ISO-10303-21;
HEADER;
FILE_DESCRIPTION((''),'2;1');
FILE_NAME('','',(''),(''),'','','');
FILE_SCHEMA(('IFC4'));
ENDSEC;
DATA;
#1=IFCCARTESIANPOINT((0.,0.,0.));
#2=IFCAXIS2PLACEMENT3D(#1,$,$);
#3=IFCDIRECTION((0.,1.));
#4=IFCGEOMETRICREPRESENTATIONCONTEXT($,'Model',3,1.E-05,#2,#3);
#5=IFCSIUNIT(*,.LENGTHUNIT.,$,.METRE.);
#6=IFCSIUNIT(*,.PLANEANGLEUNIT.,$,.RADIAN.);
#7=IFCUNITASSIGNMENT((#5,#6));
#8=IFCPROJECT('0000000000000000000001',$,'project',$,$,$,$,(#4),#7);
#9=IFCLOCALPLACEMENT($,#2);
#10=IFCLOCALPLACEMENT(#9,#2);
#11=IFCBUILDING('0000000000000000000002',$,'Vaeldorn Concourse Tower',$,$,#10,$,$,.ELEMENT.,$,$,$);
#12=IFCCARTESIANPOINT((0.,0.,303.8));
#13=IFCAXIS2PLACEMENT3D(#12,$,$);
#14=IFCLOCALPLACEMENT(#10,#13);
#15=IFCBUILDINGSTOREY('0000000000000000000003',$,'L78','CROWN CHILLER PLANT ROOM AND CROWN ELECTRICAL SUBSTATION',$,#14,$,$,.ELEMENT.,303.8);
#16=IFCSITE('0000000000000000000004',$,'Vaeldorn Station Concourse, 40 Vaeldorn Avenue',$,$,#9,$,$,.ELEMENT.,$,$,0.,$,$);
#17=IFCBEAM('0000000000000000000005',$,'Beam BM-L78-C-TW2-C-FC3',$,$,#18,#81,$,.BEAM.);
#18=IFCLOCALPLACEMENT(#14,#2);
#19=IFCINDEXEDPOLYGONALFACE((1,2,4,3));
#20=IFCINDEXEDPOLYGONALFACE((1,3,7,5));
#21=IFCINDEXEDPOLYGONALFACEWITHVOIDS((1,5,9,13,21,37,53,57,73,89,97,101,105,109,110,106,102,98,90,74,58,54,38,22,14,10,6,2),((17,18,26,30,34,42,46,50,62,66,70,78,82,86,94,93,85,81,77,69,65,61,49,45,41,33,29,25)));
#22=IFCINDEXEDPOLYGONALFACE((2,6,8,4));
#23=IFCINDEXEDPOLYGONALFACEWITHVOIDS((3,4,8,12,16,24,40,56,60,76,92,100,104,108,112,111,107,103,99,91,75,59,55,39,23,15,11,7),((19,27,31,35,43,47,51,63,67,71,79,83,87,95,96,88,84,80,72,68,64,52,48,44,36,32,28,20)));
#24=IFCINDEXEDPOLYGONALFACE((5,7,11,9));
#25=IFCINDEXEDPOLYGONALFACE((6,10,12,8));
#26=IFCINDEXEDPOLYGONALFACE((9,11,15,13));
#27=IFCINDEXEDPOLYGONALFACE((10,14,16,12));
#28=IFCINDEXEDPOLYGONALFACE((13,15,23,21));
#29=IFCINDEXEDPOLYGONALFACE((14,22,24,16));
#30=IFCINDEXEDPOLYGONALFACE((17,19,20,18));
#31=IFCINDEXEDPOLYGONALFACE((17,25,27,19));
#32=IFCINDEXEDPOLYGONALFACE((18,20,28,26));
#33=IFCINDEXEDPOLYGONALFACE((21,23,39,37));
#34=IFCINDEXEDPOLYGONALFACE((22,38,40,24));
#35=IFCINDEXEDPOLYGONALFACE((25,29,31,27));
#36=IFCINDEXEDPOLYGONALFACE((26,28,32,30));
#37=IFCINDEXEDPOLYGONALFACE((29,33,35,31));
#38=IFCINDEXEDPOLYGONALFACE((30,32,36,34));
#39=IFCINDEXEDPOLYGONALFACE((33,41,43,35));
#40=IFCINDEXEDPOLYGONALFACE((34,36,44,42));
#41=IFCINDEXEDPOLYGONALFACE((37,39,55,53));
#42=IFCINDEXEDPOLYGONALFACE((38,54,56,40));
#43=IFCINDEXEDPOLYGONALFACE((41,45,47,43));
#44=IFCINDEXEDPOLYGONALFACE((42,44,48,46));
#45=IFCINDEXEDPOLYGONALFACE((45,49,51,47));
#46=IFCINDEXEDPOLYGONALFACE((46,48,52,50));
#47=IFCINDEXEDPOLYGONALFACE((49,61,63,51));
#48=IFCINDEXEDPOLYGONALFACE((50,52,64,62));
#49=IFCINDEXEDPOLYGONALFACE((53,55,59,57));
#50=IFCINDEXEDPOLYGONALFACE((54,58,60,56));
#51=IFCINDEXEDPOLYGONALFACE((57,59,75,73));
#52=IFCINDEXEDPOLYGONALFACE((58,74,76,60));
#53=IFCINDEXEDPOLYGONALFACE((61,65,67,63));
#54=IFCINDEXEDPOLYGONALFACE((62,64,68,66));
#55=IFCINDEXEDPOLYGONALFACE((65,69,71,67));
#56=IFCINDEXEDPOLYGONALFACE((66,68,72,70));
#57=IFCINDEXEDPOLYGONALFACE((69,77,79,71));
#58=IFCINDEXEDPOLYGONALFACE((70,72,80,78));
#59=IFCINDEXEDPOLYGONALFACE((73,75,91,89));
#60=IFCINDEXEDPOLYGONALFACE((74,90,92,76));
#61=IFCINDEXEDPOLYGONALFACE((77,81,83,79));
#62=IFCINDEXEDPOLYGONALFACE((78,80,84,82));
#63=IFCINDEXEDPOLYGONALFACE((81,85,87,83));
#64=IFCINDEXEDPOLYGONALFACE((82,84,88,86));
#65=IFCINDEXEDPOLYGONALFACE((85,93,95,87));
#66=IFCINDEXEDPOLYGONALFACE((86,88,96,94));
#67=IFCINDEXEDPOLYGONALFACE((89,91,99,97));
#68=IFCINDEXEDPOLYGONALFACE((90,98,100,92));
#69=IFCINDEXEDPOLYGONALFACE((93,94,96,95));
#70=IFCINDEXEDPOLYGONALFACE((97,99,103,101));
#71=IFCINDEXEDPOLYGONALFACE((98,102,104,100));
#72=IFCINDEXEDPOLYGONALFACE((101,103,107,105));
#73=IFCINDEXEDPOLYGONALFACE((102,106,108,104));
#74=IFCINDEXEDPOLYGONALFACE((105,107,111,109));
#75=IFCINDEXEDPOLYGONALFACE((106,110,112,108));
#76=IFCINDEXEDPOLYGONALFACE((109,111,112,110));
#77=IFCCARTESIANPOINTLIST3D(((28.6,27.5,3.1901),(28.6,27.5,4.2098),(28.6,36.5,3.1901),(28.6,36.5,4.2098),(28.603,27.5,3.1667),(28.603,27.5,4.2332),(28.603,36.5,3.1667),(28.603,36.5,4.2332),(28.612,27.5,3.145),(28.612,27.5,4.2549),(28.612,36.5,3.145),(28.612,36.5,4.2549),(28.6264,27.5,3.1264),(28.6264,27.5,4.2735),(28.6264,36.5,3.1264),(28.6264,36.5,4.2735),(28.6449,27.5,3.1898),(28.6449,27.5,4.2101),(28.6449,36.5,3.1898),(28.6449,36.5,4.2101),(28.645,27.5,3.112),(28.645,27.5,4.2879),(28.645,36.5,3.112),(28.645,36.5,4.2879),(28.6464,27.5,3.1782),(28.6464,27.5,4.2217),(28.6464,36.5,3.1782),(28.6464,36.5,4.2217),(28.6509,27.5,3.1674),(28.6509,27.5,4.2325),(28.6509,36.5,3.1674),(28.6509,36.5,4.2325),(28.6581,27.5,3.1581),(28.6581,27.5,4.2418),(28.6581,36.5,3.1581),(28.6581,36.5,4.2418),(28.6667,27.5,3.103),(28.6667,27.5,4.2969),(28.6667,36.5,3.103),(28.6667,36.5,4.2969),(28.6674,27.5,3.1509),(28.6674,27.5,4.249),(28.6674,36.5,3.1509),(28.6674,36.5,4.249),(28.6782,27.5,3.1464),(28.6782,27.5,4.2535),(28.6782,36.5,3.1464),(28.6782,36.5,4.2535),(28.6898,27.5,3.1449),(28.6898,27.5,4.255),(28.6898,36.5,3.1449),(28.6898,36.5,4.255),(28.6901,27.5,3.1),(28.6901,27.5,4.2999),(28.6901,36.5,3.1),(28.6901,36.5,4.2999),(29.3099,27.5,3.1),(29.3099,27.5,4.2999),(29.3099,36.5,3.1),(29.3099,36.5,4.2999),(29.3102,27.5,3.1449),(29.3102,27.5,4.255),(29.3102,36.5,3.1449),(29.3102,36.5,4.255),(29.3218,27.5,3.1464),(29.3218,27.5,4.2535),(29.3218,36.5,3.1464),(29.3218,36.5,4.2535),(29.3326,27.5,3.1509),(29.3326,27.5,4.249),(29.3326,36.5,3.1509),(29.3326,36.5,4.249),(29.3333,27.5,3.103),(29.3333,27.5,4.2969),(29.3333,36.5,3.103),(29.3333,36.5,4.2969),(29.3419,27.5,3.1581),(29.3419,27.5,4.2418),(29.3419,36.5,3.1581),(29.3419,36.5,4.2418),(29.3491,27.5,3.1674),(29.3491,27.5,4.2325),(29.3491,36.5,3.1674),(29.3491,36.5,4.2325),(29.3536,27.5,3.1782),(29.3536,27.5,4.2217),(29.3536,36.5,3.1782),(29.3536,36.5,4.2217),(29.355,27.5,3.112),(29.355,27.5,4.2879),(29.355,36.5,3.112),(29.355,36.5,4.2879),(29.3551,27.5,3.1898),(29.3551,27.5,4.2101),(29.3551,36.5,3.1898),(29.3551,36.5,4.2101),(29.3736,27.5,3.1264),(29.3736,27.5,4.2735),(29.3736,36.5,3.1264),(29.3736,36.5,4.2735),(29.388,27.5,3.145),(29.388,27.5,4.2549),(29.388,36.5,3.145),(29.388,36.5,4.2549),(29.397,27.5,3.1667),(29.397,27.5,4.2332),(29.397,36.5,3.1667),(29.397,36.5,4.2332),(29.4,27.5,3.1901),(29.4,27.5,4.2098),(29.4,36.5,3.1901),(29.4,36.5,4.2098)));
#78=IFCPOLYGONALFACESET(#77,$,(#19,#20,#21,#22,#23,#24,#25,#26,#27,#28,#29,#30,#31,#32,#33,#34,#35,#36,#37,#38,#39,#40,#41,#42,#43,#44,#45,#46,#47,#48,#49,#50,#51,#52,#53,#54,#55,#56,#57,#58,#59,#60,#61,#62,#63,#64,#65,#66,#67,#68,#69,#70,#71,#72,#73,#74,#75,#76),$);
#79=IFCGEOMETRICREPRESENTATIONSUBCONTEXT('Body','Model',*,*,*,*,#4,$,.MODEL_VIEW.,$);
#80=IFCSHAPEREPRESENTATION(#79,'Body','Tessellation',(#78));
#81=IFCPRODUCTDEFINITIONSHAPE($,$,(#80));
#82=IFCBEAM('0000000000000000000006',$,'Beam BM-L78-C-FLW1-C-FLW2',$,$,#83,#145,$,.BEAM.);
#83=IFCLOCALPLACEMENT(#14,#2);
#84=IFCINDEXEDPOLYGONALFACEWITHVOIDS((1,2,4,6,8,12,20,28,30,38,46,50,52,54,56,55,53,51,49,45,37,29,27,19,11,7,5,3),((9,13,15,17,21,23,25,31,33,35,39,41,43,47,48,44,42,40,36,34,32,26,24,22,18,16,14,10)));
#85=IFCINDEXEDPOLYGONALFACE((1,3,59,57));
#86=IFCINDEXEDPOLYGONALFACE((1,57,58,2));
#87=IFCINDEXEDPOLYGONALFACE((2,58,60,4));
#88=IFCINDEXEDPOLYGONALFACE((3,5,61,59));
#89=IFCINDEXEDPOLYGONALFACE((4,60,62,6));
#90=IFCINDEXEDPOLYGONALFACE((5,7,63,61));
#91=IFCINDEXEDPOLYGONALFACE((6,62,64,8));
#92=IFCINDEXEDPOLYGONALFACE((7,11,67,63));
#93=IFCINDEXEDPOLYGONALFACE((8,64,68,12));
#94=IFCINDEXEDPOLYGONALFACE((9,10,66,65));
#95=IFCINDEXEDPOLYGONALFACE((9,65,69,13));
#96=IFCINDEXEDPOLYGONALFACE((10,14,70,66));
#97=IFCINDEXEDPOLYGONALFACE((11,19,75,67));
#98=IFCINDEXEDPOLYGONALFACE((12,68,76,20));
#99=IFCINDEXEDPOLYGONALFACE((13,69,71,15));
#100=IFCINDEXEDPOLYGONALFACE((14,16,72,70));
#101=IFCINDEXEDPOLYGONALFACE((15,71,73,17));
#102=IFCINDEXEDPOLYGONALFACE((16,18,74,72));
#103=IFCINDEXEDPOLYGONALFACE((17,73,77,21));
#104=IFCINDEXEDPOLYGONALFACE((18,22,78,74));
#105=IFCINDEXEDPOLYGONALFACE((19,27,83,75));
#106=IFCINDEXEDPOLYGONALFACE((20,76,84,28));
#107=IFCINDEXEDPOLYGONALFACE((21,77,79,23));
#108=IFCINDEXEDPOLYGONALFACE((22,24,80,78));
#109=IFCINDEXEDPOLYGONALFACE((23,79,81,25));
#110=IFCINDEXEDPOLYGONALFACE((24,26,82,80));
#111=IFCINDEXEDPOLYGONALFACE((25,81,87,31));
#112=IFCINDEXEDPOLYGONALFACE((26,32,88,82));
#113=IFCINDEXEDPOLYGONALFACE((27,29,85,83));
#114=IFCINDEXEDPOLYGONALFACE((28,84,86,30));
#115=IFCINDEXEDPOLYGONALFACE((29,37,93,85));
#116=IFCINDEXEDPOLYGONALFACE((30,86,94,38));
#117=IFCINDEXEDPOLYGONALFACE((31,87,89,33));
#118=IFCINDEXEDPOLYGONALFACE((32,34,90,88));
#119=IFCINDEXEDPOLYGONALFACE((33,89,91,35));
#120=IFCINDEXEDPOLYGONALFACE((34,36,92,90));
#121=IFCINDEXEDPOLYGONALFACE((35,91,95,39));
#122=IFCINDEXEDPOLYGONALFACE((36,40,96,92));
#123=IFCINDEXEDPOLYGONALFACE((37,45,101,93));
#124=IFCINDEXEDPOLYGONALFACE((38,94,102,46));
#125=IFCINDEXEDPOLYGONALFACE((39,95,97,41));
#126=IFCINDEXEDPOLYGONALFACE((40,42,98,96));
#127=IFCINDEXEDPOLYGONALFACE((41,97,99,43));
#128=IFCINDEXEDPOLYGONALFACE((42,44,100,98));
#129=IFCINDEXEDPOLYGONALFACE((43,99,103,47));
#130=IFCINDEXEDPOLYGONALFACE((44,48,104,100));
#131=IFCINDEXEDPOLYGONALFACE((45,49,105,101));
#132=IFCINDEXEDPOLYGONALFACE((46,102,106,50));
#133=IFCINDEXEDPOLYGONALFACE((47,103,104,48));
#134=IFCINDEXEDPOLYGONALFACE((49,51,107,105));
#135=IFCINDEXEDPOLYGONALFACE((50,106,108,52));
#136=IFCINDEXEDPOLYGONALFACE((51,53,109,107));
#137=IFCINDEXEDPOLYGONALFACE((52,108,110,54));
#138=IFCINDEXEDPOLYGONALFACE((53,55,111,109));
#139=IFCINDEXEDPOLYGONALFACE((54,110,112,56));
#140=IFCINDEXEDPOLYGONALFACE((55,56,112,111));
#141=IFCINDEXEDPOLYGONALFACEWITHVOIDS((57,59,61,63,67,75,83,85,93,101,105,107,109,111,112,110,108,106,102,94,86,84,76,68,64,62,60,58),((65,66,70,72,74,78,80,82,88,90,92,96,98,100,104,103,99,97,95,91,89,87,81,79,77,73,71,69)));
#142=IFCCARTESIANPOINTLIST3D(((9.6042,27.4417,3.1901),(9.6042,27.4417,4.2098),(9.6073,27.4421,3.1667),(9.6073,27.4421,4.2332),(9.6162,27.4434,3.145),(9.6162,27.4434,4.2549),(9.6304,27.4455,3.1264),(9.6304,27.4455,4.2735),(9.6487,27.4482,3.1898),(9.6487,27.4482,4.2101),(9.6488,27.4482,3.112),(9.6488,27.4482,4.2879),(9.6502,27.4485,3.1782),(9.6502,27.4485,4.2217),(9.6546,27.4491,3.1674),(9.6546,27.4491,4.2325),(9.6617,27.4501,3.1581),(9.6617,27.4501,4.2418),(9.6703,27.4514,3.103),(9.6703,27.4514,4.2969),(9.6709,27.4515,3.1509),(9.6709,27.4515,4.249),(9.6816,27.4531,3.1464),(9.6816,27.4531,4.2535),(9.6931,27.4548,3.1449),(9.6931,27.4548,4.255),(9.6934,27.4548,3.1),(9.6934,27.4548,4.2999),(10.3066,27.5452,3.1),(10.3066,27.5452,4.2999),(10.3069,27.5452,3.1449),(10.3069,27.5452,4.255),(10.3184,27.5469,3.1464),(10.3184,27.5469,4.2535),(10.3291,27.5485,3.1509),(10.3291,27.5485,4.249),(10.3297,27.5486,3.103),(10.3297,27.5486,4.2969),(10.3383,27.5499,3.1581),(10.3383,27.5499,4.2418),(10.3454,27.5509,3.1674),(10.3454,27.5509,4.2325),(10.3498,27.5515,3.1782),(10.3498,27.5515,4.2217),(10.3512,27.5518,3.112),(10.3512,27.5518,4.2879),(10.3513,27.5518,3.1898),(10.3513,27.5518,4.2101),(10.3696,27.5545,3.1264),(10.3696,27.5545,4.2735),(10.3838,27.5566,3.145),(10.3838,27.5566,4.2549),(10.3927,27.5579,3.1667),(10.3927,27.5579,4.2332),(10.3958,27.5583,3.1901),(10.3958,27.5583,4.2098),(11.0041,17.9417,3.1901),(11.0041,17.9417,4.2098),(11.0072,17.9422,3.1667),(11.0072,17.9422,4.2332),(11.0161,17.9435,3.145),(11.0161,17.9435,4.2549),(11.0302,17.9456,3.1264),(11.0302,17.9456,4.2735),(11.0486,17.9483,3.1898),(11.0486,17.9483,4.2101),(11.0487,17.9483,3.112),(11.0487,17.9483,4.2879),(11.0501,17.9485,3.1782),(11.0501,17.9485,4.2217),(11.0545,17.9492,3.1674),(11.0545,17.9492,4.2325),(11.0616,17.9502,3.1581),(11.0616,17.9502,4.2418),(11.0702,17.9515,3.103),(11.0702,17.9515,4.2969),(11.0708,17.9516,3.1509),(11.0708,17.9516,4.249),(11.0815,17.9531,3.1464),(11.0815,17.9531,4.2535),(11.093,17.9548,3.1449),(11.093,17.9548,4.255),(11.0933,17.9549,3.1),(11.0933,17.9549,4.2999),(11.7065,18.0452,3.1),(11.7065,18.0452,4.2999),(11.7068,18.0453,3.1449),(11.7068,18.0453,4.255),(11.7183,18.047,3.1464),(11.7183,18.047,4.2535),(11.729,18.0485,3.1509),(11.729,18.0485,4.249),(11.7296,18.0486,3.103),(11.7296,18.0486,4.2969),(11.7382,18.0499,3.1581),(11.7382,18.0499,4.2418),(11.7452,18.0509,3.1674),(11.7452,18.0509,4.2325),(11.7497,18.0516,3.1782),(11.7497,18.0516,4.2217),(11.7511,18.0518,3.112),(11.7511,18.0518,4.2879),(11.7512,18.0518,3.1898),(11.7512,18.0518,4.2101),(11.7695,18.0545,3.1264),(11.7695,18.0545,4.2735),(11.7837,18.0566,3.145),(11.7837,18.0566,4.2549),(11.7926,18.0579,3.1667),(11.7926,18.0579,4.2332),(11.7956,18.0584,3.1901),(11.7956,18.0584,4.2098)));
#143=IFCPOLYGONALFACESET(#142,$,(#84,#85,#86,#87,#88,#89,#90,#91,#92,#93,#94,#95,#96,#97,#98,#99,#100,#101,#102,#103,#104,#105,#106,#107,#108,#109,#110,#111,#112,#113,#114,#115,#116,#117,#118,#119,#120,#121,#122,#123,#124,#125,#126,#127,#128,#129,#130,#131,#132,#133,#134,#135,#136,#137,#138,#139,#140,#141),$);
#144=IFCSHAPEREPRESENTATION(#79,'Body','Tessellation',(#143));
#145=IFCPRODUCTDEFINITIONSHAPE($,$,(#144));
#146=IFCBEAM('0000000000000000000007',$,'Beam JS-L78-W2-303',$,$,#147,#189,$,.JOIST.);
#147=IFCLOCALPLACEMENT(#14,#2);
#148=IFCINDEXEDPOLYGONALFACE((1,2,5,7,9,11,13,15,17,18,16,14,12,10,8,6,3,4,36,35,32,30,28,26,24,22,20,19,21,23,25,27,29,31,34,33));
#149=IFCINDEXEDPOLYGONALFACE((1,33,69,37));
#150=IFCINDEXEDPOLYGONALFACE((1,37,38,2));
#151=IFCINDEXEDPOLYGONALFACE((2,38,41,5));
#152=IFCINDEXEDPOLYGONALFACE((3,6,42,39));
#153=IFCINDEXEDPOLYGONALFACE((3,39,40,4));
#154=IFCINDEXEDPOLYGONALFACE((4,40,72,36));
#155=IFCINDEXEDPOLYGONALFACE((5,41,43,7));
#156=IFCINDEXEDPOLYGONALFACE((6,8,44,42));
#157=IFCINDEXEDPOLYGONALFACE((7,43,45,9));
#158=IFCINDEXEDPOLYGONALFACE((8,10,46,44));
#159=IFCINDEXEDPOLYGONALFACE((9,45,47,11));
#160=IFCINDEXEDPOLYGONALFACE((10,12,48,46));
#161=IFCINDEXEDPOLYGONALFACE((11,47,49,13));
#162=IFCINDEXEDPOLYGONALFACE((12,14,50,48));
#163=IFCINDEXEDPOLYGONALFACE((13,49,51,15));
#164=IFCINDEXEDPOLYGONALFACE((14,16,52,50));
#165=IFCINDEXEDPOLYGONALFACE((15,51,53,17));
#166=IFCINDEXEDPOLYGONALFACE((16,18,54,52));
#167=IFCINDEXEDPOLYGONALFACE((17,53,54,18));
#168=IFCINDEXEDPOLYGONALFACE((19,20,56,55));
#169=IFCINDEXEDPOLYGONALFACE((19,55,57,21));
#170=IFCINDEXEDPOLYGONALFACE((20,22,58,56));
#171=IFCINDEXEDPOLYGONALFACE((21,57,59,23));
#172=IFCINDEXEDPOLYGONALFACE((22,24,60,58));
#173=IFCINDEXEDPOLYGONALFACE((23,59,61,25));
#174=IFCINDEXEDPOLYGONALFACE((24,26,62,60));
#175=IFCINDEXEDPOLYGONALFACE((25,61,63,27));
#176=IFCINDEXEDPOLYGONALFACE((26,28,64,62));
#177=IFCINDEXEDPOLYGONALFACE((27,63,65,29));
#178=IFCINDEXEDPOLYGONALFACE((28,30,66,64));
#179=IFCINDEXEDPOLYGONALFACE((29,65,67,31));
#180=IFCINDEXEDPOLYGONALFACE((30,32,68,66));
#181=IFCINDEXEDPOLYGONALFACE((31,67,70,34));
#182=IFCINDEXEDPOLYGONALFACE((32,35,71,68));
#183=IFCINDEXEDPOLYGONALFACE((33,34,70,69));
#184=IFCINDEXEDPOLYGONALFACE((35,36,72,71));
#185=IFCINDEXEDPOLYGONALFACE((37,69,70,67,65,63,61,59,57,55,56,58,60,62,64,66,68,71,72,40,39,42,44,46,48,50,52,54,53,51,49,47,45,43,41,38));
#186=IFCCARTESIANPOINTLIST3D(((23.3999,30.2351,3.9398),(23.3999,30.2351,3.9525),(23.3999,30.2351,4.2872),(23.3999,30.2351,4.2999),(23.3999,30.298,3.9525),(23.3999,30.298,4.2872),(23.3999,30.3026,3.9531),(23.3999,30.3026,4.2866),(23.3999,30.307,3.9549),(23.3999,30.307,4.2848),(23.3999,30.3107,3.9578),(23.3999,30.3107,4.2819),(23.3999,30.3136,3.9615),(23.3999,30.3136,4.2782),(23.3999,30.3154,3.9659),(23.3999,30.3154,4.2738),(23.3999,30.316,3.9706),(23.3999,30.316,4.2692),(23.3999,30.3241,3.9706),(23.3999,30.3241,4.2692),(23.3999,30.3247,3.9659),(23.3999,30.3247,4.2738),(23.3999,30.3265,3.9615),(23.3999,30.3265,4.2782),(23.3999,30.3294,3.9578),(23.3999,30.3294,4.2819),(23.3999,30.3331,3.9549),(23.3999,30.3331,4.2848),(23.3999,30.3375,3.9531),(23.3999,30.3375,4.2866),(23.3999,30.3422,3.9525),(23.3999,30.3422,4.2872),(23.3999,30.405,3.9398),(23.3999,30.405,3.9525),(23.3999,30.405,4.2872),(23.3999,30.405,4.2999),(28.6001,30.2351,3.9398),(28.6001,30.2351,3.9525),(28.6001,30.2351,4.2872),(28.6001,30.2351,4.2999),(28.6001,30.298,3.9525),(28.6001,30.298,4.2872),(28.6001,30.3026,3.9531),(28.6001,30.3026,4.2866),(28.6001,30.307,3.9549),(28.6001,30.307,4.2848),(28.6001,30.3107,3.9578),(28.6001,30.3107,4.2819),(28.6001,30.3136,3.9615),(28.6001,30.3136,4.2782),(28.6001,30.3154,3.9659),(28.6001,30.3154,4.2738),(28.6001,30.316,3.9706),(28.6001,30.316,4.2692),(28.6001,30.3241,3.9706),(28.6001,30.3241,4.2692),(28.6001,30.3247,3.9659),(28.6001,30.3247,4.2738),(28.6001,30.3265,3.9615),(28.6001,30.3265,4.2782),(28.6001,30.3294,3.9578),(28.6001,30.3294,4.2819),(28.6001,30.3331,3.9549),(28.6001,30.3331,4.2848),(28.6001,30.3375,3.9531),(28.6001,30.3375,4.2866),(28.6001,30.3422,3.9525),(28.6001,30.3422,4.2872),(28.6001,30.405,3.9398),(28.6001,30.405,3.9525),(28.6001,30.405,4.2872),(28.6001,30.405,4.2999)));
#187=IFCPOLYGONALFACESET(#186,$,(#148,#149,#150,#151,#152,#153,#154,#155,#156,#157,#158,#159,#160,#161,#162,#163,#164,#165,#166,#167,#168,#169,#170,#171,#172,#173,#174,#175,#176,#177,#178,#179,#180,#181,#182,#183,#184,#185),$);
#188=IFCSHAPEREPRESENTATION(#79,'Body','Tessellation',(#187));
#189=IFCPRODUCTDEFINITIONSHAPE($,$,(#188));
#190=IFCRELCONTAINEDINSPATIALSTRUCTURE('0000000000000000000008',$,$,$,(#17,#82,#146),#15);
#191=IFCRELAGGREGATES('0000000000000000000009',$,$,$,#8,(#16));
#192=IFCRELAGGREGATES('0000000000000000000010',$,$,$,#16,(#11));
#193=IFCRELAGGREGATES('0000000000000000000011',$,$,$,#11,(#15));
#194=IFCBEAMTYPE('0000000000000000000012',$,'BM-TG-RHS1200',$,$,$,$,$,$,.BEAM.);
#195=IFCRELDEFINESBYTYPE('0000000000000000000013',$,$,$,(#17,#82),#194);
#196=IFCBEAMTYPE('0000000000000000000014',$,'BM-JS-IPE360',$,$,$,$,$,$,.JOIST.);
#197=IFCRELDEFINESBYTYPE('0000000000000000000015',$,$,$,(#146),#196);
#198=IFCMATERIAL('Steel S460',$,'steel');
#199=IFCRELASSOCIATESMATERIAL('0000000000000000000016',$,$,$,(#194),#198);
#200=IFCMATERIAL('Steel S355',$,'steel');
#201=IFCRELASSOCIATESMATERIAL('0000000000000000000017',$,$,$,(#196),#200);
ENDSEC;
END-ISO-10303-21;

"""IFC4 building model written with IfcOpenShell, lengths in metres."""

from ifc_helpers import new_model, si_unit, direction, frame, origin, origin_2d, place, context, subcontext, project, spatial, hollow_rectangle, i_section, extrude, source, transform, mapped, material, material_profile, profile_set, type_object, element, save


model = new_model("IFC4")

# Units and contexts
model_context = context("Model", 3, precision=1e-05, world=origin(), true_north=direction((0.0, 1.0)))
body_context = subcontext(model_context, "Body", "Model", "MODEL_VIEW")
ifc_project = project(units=[si_unit("LENGTHUNIT", "METRE"), si_unit("PLANEANGLEUNIT", "RADIAN")], contexts=[model_context])

# Site, building, storey
site_placement = place(None, origin())
site = spatial("IfcSite", under=ifc_project, at=site_placement, Name="Vaeldorn Station Concourse, 40 Vaeldorn Avenue", CompositionType="ELEMENT", RefElevation=0.0)
building_placement = place(site_placement, origin())
building = spatial("IfcBuilding", under=site, at=building_placement, Name="Vaeldorn Concourse Tower", CompositionType="ELEMENT")
storey_placement = place(building_placement, frame((0.0, 0.0, 303.8)))
storey = spatial("IfcBuildingStorey", under=building, at=storey_placement, Name="L78", Description="CROWN CHILLER PLANT ROOM AND CROWN ELECTRICAL SUBSTATION", CompositionType="ELEMENT", Elevation=303.8)

# Shared definitions
ifc_material_1 = material(Name="Steel S355", Category="steel")

# Beams
ifc_material_2 = material(Name="Steel S460", Category="steel")
ifc_material_profile_1 = material_profile(ifc_material_2, hollow_rectangle(XDim=0.8, YDim=1.2, WallThickness=0.0449, InnerFilletRadius=0.0449, OuterFilletRadius=0.0901, at=origin_2d()), Name="RHS 1200x800x45")
ifc_profile_set_1 = profile_set([ifc_material_profile_1], Name="Steel S460")
beam_type_1 = type_object("IfcBeamType", Name="BM-TG-RHS1200", PredefinedType="BEAM", material=ifc_profile_set_1)
shared_shape_1 = source(origin(), body_context, "Body", "SweptSolid", [
    extrude(hollow_rectangle(XDim=0.8, YDim=1.2, WallThickness=0.0449, InnerFilletRadius=0.0449, OuterFilletRadius=0.0901, at=origin_2d()), origin(), (0.0, 0.0, 1.0), 9.0),
])
for number, where, z_axis, x_axis, name in (
    (1, (29.0, 27.5, 3.7), (0.0, 1.0, 0.0), (-1.0, 0.0, 0.0), "Beam BM-L78-C-TW2-C-FC3"),
):
    element("IfcBeam", number, at=place(storey_placement, frame(where, z_axis=z_axis, x_axis=x_axis)), inside=storey, type_object=beam_type_1, Name=name, PredefinedType="BEAM", context=body_context, shape_type="MappedRepresentation", body=[
        mapped(shared_shape_1, transform((0.0, 0.0, 0.0), scale=1.0)),
    ])
shared_shape_2 = source(origin(), body_context, "Body", "SweptSolid", [
    extrude(hollow_rectangle(XDim=0.8, YDim=1.2, WallThickness=0.0449, InnerFilletRadius=0.0449, OuterFilletRadius=0.0901, at=origin_2d()), origin(), (0.0, 0.0, 1.0), 9.6025),
])
beam_1_placement = place(storey_placement, frame((10.0, 27.5, 3.7), z_axis=(0.145784, -0.989316, 0.0), x_axis=(0.989316, 0.145784, 0.0)))
element("IfcBeam", 2, at=beam_1_placement, inside=storey, type_object=beam_type_1, Name="Beam BM-L78-C-FLW1-C-FLW2", PredefinedType="BEAM", context=body_context, shape_type="MappedRepresentation", body=[
    mapped(shared_shape_2, transform((0.0, 0.0, 0.0), scale=1.0)),
])
ifc_material_profile_2 = material_profile(ifc_material_1, i_section(OverallWidth=0.1699, OverallDepth=0.3601, WebThickness=0.0081, FlangeThickness=0.0127, FilletRadius=0.0181, at=origin_2d()), Name="IPE 360")
ifc_profile_set_2 = profile_set([ifc_material_profile_2], Name="Steel S355")
beam_type_2 = type_object("IfcBeamType", Name="BM-JS-IPE360", PredefinedType="JOIST", material=ifc_profile_set_2)
shared_shape_3 = source(origin(), body_context, "Body", "SweptSolid", [
    extrude(i_section(OverallWidth=0.1699, OverallDepth=0.3601, WebThickness=0.0081, FlangeThickness=0.0127, FilletRadius=0.0181, at=origin_2d()), origin(), (0.0, 0.0, 1.0), 5.2002),
])
for number, where, z_axis, x_axis, name in (
    (3, (23.3999, 30.3201, 4.1199), (1.0, 0.0, 0.0), (0.0, 1.0, 0.0), "Beam JS-L78-W2-303"),
):
    element("IfcBeam", number, at=place(storey_placement, frame(where, z_axis=z_axis, x_axis=x_axis)), inside=storey, type_object=beam_type_2, Name=name, PredefinedType="JOIST", context=body_context, shape_type="MappedRepresentation", body=[
        mapped(shared_shape_3, transform((0.0, 0.0, 0.0), scale=1.0)),
    ])

save(model, "model.ifc")
